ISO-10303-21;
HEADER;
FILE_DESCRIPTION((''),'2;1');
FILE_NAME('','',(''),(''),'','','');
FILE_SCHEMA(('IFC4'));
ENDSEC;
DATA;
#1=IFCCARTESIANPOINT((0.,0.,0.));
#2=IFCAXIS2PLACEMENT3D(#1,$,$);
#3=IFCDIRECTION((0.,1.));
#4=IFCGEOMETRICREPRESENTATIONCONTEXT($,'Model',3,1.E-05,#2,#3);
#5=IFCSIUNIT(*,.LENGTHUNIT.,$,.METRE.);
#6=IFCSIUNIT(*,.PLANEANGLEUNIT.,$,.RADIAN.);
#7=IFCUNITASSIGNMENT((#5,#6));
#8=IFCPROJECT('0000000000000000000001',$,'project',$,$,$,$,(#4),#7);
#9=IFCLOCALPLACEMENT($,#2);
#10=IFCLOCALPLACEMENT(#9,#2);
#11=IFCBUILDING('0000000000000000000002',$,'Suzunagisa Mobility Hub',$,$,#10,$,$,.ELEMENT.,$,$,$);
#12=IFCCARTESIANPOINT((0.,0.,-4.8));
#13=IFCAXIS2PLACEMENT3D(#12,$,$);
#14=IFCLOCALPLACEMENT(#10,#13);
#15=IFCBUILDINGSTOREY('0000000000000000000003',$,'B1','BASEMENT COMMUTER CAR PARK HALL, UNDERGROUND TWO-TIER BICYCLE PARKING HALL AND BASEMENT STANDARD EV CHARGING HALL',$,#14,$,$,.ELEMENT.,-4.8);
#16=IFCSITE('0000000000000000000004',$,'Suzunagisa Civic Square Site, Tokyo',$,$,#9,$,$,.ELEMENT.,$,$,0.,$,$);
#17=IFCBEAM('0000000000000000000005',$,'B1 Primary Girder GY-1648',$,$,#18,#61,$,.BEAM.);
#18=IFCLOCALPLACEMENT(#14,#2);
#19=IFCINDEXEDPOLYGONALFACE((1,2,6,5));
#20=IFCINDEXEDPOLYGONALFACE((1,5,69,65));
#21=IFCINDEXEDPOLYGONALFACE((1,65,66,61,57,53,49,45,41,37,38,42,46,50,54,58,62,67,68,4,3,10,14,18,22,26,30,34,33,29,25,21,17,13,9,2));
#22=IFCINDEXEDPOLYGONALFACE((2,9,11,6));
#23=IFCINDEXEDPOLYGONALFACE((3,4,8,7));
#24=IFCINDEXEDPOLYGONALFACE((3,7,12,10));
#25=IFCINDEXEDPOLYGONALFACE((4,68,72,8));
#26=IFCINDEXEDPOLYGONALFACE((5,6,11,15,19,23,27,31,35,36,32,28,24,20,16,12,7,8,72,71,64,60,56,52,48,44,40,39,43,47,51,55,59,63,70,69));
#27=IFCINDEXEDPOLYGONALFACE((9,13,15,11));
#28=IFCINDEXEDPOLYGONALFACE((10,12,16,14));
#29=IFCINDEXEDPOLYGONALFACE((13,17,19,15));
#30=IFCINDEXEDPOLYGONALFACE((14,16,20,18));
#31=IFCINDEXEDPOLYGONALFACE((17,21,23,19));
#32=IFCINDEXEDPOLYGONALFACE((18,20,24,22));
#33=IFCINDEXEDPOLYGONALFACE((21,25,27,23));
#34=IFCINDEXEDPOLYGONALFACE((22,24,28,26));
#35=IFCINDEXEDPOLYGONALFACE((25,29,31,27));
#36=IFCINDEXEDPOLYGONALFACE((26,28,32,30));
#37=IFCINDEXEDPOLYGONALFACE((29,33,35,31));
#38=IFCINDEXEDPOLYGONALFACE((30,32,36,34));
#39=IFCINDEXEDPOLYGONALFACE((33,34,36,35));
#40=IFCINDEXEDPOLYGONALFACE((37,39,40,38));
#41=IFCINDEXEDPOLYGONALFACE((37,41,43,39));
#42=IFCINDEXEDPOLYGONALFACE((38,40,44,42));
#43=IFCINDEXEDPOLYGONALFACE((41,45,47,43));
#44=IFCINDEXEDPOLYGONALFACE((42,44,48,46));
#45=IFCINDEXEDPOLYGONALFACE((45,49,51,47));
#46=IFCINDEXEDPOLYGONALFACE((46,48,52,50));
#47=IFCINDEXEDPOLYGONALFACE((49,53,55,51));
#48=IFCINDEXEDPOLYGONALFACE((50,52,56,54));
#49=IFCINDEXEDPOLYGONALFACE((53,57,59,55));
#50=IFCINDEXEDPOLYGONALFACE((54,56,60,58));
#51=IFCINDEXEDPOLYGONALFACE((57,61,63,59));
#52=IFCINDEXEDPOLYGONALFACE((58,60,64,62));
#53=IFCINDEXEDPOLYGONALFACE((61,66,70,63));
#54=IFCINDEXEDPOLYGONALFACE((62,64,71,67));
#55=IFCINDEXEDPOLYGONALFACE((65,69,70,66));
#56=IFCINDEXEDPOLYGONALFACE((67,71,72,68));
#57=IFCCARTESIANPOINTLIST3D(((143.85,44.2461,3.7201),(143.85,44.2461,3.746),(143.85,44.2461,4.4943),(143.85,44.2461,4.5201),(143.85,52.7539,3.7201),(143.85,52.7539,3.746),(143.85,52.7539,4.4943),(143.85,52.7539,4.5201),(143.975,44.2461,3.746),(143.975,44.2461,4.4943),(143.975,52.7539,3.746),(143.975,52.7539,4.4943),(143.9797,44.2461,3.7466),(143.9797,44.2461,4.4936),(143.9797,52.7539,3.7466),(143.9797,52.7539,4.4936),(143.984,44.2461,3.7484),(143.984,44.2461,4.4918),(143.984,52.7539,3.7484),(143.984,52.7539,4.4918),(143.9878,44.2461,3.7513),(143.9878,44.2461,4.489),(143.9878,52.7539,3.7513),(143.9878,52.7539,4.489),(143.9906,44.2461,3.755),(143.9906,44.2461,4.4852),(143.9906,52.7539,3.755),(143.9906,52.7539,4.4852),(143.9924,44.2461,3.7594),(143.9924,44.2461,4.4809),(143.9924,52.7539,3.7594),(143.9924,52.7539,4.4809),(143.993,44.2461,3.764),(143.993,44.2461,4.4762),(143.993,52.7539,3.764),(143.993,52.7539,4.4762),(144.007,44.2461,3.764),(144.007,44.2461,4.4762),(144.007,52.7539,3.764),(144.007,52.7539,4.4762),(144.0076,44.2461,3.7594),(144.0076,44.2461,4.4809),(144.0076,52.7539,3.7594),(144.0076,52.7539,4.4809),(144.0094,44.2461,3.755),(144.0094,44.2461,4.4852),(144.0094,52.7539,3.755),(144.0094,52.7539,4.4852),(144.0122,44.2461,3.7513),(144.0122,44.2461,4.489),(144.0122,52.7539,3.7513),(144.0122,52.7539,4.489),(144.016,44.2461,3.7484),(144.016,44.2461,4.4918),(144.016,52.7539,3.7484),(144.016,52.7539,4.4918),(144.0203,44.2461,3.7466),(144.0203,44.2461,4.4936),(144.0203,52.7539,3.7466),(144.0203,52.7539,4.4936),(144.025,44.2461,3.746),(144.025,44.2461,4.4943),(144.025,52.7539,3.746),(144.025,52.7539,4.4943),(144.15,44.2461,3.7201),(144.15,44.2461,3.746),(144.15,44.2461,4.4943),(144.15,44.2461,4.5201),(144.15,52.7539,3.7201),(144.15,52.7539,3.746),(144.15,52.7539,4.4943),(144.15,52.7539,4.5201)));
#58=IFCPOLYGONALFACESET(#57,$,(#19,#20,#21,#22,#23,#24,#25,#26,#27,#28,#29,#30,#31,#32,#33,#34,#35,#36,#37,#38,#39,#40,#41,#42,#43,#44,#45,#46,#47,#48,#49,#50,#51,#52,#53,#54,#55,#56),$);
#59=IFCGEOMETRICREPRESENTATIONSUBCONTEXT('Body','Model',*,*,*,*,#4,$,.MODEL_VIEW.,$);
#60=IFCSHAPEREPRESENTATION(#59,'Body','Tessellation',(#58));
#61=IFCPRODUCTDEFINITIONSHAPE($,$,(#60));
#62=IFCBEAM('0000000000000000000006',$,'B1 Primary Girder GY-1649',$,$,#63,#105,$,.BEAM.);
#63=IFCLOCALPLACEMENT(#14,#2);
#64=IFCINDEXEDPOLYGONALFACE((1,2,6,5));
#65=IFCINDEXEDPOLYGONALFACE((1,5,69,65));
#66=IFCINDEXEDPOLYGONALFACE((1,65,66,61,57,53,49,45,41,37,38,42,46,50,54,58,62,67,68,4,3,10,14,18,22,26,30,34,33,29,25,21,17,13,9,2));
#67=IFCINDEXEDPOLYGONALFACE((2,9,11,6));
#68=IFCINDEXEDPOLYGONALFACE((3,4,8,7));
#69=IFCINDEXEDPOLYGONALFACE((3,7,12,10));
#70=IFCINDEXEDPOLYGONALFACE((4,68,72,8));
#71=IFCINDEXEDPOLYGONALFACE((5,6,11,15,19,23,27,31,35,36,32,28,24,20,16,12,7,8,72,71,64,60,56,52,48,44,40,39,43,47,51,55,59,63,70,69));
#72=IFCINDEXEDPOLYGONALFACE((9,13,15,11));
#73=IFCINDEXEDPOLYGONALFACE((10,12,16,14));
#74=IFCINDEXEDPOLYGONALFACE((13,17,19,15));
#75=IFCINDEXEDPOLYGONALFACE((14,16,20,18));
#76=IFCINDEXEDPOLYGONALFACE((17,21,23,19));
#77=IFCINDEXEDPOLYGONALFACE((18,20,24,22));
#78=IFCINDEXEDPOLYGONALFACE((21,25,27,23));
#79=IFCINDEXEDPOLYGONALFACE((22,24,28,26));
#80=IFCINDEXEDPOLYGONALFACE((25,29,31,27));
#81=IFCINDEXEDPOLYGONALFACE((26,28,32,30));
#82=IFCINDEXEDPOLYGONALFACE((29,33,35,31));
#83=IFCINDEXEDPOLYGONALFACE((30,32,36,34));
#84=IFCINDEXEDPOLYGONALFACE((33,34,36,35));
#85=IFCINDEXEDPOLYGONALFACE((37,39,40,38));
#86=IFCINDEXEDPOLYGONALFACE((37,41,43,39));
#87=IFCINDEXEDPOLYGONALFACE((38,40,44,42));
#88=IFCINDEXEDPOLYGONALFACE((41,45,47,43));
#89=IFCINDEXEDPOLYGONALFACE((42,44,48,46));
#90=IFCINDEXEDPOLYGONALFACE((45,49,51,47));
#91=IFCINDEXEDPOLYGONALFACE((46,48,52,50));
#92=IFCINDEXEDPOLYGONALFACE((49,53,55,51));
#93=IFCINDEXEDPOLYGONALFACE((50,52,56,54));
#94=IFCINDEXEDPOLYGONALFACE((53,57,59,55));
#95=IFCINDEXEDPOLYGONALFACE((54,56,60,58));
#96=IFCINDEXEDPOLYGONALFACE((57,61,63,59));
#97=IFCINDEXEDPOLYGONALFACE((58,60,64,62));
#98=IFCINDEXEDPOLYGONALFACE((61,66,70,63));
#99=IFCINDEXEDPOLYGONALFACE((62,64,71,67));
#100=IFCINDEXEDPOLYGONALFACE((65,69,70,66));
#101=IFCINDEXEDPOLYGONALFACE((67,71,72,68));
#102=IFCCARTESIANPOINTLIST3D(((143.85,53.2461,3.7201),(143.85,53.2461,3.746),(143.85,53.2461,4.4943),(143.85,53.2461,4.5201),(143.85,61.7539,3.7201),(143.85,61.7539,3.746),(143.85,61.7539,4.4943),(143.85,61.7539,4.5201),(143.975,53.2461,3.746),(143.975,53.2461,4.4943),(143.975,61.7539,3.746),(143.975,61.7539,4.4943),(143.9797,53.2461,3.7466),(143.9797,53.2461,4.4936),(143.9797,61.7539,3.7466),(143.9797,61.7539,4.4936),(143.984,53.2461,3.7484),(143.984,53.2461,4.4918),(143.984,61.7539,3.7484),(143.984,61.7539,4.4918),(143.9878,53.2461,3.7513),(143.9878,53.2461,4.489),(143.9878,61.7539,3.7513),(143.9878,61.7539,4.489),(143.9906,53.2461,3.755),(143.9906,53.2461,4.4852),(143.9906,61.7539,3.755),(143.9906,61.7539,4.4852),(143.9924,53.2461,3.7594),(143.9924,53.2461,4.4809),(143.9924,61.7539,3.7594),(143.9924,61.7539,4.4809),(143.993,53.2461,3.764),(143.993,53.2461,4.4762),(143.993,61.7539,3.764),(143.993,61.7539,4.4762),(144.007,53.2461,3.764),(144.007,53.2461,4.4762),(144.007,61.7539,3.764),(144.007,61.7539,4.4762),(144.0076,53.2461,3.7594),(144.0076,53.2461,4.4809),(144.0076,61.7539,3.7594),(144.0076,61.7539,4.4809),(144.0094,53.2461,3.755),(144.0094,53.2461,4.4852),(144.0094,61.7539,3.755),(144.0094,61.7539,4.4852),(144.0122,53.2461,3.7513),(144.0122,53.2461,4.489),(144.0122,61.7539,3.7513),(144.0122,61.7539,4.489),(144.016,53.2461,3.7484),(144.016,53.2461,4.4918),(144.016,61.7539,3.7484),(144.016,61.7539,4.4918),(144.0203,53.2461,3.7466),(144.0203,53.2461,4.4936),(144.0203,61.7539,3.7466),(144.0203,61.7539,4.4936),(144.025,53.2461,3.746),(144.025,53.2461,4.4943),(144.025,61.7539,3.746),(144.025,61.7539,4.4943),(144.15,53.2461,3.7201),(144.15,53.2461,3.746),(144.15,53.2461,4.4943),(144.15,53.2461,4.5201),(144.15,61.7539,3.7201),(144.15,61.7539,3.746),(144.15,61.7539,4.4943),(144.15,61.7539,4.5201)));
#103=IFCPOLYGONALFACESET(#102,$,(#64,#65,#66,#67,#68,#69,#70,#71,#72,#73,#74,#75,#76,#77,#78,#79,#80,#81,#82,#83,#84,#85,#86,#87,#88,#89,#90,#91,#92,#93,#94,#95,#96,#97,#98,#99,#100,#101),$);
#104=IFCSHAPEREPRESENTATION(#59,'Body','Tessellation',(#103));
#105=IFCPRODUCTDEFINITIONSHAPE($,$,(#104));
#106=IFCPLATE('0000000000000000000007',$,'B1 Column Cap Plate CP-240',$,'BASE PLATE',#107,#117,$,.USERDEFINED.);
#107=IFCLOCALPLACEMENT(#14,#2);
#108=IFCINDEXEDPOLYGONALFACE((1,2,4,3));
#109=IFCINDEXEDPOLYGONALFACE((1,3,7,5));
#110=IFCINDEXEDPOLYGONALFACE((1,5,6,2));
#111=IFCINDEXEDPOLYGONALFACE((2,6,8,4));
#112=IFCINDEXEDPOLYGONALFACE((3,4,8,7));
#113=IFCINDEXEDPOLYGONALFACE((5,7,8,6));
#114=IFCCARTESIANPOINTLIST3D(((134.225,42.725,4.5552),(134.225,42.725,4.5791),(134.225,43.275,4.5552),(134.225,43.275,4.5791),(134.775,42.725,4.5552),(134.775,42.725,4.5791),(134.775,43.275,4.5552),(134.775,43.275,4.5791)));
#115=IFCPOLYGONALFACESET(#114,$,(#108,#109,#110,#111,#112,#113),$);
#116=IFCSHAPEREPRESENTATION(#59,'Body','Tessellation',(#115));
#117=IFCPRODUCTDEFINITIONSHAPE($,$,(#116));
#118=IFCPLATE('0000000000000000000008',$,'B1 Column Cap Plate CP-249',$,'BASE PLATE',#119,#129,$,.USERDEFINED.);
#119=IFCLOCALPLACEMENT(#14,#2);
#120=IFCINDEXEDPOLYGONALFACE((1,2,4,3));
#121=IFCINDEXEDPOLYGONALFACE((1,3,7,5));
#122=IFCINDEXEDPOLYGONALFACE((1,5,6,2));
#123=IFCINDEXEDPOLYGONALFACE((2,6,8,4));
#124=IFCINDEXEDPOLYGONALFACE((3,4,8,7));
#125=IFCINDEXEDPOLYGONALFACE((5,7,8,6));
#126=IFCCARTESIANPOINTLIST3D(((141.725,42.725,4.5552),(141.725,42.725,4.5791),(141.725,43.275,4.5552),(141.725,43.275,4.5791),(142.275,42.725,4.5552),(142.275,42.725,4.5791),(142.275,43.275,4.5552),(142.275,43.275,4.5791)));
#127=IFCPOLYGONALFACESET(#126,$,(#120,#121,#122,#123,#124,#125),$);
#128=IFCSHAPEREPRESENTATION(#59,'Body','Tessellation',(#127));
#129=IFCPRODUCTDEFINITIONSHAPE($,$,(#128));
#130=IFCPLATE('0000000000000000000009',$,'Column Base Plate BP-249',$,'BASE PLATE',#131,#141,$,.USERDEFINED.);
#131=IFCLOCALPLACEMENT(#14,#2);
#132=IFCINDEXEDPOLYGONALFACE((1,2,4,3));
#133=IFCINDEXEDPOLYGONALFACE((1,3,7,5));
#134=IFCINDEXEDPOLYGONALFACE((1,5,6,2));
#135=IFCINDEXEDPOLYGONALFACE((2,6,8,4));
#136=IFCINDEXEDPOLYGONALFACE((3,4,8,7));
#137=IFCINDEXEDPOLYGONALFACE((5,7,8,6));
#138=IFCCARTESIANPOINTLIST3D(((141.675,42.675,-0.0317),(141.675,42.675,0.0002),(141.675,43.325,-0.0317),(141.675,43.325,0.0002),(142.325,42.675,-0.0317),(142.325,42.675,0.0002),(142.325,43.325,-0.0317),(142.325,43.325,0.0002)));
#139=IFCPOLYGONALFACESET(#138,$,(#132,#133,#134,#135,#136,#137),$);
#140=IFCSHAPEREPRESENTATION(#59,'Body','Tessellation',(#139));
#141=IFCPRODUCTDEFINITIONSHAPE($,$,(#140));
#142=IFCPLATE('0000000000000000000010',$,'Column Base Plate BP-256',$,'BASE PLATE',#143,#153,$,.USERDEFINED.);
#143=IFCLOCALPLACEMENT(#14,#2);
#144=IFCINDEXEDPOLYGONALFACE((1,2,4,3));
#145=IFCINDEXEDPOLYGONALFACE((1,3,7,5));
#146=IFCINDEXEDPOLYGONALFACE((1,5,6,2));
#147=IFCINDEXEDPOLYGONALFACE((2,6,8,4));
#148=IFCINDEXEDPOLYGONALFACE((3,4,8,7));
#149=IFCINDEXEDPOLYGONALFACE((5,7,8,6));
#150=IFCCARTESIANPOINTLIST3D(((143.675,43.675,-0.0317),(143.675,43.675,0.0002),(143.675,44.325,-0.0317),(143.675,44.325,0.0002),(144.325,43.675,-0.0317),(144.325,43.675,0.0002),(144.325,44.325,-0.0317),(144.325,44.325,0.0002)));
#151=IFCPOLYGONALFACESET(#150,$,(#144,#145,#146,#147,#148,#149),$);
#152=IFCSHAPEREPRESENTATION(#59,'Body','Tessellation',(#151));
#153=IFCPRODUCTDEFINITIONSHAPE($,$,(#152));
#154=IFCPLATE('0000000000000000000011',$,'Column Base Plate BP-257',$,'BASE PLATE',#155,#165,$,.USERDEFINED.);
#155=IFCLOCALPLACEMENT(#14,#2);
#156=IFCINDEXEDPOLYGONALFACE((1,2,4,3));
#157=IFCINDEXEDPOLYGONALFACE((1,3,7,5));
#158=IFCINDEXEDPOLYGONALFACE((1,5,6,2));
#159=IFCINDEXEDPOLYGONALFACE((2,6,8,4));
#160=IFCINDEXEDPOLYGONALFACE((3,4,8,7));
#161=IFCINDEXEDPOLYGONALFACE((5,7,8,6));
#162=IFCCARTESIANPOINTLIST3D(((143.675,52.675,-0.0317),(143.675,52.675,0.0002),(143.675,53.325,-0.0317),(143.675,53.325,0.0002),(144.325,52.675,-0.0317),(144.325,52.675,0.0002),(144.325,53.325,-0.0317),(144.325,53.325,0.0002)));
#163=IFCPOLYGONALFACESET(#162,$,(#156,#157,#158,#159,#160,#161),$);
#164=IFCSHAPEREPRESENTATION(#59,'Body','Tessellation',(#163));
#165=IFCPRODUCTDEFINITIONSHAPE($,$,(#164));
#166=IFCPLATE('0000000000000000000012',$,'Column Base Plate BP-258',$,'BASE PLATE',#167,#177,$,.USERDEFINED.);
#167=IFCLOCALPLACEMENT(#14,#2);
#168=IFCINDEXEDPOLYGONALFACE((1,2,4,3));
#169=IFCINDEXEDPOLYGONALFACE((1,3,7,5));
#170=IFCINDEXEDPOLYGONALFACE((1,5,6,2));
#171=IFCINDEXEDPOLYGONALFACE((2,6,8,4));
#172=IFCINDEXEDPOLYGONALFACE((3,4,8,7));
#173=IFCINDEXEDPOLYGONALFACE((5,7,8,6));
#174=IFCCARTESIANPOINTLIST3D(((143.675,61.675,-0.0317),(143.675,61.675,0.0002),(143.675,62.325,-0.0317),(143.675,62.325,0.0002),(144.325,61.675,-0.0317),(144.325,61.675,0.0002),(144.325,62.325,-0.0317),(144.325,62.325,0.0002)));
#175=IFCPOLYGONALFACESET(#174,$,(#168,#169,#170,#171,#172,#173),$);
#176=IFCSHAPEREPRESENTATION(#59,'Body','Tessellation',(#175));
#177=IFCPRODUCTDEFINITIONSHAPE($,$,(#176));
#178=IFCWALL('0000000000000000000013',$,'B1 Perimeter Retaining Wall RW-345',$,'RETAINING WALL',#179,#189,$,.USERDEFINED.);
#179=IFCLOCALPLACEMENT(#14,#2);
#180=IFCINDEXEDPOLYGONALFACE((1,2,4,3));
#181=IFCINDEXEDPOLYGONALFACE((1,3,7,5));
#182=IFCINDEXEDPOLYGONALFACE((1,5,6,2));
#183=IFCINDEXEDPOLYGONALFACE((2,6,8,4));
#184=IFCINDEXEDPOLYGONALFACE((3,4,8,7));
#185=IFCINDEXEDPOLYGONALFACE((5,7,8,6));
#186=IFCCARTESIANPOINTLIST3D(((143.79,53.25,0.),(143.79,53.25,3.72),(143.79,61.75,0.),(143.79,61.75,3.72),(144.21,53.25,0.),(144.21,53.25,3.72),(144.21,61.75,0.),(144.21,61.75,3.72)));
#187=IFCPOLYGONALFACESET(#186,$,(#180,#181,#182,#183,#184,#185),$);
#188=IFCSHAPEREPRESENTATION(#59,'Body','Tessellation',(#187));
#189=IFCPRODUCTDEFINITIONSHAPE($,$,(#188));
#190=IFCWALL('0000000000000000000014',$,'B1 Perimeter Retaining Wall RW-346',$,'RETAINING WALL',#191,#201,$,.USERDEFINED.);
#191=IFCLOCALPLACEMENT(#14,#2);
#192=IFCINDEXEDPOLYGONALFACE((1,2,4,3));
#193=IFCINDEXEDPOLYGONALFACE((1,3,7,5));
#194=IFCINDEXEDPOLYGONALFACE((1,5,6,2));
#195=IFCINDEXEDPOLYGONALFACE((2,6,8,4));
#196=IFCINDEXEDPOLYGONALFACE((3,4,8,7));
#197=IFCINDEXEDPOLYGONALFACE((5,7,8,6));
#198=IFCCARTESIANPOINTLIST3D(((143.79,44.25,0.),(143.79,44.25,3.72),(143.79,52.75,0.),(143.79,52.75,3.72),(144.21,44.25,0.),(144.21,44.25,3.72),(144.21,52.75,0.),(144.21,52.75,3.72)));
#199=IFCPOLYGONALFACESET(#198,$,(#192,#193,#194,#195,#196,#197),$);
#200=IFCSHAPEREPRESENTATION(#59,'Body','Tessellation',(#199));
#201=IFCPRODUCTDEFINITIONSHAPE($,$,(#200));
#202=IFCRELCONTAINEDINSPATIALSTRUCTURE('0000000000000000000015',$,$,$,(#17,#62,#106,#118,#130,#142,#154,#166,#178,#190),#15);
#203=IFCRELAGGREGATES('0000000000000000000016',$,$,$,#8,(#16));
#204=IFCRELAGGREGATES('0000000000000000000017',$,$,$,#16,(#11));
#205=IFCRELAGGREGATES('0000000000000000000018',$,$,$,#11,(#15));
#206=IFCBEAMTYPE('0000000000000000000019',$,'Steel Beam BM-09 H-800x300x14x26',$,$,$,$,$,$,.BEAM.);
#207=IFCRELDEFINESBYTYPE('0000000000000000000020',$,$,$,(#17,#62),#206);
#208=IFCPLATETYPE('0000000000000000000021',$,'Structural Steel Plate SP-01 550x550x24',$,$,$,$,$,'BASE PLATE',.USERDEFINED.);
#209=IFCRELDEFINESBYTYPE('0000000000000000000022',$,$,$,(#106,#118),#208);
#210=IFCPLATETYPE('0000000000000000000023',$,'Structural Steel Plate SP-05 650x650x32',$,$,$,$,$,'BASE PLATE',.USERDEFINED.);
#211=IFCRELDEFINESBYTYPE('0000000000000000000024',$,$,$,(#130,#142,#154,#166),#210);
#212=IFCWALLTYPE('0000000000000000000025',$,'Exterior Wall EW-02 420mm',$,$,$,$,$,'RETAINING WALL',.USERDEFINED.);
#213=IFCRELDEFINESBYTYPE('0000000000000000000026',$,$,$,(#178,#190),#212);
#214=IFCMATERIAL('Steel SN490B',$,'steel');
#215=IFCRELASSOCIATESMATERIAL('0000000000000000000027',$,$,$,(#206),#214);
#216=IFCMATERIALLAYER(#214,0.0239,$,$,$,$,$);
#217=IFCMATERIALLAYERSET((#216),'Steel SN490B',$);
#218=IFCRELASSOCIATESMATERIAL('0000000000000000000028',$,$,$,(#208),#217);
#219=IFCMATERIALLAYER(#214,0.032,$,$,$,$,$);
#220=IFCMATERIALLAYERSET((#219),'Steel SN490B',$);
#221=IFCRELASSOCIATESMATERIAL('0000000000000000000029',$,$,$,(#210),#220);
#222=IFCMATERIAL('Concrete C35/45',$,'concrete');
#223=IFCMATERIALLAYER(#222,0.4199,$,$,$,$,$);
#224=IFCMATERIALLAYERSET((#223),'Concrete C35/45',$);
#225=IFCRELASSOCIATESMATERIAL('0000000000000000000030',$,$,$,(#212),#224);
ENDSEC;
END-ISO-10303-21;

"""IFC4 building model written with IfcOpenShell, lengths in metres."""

from ifc_helpers import new_model, si_unit, direction, frame, frame_2d, origin, origin_2d, place, context, subcontext, project, spatial, rectangle, i_section, extrude, material, layer, layer_set, material_profile, profile_set, type_object, element, save


model = new_model("IFC4")

# Units and contexts
model_context = context("Model", 3, precision=1e-05, world=origin(), true_north=direction((0.0, 1.0)))
body_context = subcontext(model_context, "Body", "Model", "MODEL_VIEW")
ifc_project = project(units=[si_unit("LENGTHUNIT", "METRE"), si_unit("PLANEANGLEUNIT", "RADIAN")], contexts=[model_context])

# Site, building, storey
site_placement = place(None, origin())
site = spatial("IfcSite", under=ifc_project, at=site_placement, Name="Suzunagisa Civic Square Site, Tokyo", CompositionType="ELEMENT", RefElevation=0.0)
building_placement = place(site_placement, origin())
building = spatial("IfcBuilding", under=site, at=building_placement, Name="Suzunagisa Mobility Hub", CompositionType="ELEMENT")
storey_placement = place(building_placement, frame((0.0, 0.0, -4.8)))
storey = spatial("IfcBuildingStorey", under=building, at=storey_placement, Name="B1", Description="BASEMENT COMMUTER CAR PARK HALL, UNDERGROUND TWO-TIER BICYCLE PARKING HALL AND BASEMENT STANDARD EV CHARGING HALL", CompositionType="ELEMENT", Elevation=-4.8)

# Shared definitions
ifc_material_1 = material(Name="Concrete C35/45", Category="concrete")

# Shared definitions
ifc_material_2 = material(Name="Steel SN490B", Category="steel")

# Beams
ifc_material_profile_1 = material_profile(ifc_material_2, i_section(OverallWidth=0.3, OverallDepth=0.8, WebThickness=0.0139, FlangeThickness=0.0259, FilletRadius=0.0181, at=origin_2d()), Name="H-800x300x14x26")
ifc_profile_set_1 = profile_set([ifc_material_profile_1], Name="Steel SN490B")
beam_type = type_object("IfcBeamType", Name="Steel Beam BM-09 H-800x300x14x26", PredefinedType="BEAM", material=ifc_profile_set_1)
for number, where, z_axis, x_axis, name in (
    (1, (144.0, 44.2461, 4.1201), (0.0, 1.0, 0.0), (-1.0, 0.0, 0.0), "B1 Primary Girder GY-1648"),
    (2, (144.0, 53.2461, 4.1201), (0.0, 1.0, 0.0), (-1.0, 0.0, 0.0), "B1 Primary Girder GY-1649"),
):
    element("IfcBeam", number, at=place(storey_placement, frame(where, z_axis=z_axis, x_axis=x_axis)), inside=storey, type_object=beam_type, Name=name, PredefinedType="BEAM", context=body_context, shape_type="SweptSolid", body=[
        extrude(i_section(OverallWidth=0.3, OverallDepth=0.8, WebThickness=0.0139, FlangeThickness=0.0259, FilletRadius=0.0181, at=origin_2d()), origin(), (0.0, 0.0, 1.0), 8.5078),
    ])

# Plates
ifc_layer_1 = layer(ifc_material_2, 0.0239)
ifc_layer_set_1 = layer_set([ifc_layer_1], Name="Steel SN490B")
plate_type_1 = type_object("IfcPlateType", Name="Structural Steel Plate SP-01 550x550x24", ElementType="BASE PLATE", PredefinedType="USERDEFINED", material=ifc_layer_set_1)
for number, where, z_axis, x_axis, name in (
    (3, (134.5, 43.0, 4.5552), (0.0, 0.0, 1.0), (1.0, 0.0, 0.0), "B1 Column Cap Plate CP-240"),
    (4, (142.0, 43.0, 4.5552), (0.0, 0.0, 1.0), (1.0, 0.0, 0.0), "B1 Column Cap Plate CP-249"),
):
    element("IfcPlate", number, at=place(storey_placement, frame(where, z_axis=z_axis, x_axis=x_axis)), inside=storey, type_object=plate_type_1, Name=name, ObjectType="BASE PLATE", PredefinedType="USERDEFINED", context=body_context, shape_type="SweptSolid", body=[
        extrude(rectangle(XDim=0.55, YDim=0.55, at=origin_2d()), origin(), (0.0, 0.0, 1.0), 0.0239),
    ])
ifc_layer_2 = layer(ifc_material_2, 0.032)
ifc_layer_set_2 = layer_set([ifc_layer_2], Name="Steel SN490B")
plate_type_2 = type_object("IfcPlateType", Name="Structural Steel Plate SP-05 650x650x32", ElementType="BASE PLATE", PredefinedType="USERDEFINED", material=ifc_layer_set_2)
for number, where, z_axis, x_axis, name in (
    (5, (142.0, 43.0, -0.0317), (0.0, 0.0, 1.0), (1.0, 0.0, 0.0), "Column Base Plate BP-249"),
    (6, (144.0, 44.0, -0.0317), (0.0, 0.0, 1.0), (1.0, 0.0, 0.0), "Column Base Plate BP-256"),
    (7, (144.0, 53.0, -0.0317), (0.0, 0.0, 1.0), (1.0, 0.0, 0.0), "Column Base Plate BP-257"),
    (8, (144.0, 62.0, -0.0317), (0.0, 0.0, 1.0), (1.0, 0.0, 0.0), "Column Base Plate BP-258"),
):
    element("IfcPlate", number, at=place(storey_placement, frame(where, z_axis=z_axis, x_axis=x_axis)), inside=storey, type_object=plate_type_2, Name=name, ObjectType="BASE PLATE", PredefinedType="USERDEFINED", context=body_context, shape_type="SweptSolid", body=[
        extrude(rectangle(XDim=0.6499, YDim=0.6499, at=origin_2d()), origin(), (0.0, 0.0, 1.0), 0.032),
    ])

# Walls
ifc_layer_3 = layer(ifc_material_1, 0.4199)
ifc_layer_set_3 = layer_set([ifc_layer_3], Name="Concrete C35/45")
wall_type = type_object("IfcWallType", Name="Exterior Wall EW-02 420mm", ElementType="RETAINING WALL", PredefinedType="USERDEFINED", material=ifc_layer_set_3)
for number, where, z_axis, x_axis, name in (
    (9, (144.0, 61.75, 0.0), (0.0, 0.0, 1.0), (0.0, -1.0, 0.0), "B1 Perimeter Retaining Wall RW-345"),
    (10, (144.0, 52.75, 0.0), (0.0, 0.0, 1.0), (0.0, -1.0, 0.0), "B1 Perimeter Retaining Wall RW-346"),
):
    element("IfcWall", number, at=place(storey_placement, frame(where, z_axis=z_axis, x_axis=x_axis)), inside=storey, type_object=wall_type, Name=name, ObjectType="RETAINING WALL", PredefinedType="USERDEFINED", context=body_context, shape_type="SweptSolid", body=[
        extrude(rectangle(XDim=8.5, YDim=0.4199, at=frame_2d((4.25, 0.0))), origin(), (0.0, 0.0, 1.0), 3.72),
    ])

save(model, "model.ifc")
